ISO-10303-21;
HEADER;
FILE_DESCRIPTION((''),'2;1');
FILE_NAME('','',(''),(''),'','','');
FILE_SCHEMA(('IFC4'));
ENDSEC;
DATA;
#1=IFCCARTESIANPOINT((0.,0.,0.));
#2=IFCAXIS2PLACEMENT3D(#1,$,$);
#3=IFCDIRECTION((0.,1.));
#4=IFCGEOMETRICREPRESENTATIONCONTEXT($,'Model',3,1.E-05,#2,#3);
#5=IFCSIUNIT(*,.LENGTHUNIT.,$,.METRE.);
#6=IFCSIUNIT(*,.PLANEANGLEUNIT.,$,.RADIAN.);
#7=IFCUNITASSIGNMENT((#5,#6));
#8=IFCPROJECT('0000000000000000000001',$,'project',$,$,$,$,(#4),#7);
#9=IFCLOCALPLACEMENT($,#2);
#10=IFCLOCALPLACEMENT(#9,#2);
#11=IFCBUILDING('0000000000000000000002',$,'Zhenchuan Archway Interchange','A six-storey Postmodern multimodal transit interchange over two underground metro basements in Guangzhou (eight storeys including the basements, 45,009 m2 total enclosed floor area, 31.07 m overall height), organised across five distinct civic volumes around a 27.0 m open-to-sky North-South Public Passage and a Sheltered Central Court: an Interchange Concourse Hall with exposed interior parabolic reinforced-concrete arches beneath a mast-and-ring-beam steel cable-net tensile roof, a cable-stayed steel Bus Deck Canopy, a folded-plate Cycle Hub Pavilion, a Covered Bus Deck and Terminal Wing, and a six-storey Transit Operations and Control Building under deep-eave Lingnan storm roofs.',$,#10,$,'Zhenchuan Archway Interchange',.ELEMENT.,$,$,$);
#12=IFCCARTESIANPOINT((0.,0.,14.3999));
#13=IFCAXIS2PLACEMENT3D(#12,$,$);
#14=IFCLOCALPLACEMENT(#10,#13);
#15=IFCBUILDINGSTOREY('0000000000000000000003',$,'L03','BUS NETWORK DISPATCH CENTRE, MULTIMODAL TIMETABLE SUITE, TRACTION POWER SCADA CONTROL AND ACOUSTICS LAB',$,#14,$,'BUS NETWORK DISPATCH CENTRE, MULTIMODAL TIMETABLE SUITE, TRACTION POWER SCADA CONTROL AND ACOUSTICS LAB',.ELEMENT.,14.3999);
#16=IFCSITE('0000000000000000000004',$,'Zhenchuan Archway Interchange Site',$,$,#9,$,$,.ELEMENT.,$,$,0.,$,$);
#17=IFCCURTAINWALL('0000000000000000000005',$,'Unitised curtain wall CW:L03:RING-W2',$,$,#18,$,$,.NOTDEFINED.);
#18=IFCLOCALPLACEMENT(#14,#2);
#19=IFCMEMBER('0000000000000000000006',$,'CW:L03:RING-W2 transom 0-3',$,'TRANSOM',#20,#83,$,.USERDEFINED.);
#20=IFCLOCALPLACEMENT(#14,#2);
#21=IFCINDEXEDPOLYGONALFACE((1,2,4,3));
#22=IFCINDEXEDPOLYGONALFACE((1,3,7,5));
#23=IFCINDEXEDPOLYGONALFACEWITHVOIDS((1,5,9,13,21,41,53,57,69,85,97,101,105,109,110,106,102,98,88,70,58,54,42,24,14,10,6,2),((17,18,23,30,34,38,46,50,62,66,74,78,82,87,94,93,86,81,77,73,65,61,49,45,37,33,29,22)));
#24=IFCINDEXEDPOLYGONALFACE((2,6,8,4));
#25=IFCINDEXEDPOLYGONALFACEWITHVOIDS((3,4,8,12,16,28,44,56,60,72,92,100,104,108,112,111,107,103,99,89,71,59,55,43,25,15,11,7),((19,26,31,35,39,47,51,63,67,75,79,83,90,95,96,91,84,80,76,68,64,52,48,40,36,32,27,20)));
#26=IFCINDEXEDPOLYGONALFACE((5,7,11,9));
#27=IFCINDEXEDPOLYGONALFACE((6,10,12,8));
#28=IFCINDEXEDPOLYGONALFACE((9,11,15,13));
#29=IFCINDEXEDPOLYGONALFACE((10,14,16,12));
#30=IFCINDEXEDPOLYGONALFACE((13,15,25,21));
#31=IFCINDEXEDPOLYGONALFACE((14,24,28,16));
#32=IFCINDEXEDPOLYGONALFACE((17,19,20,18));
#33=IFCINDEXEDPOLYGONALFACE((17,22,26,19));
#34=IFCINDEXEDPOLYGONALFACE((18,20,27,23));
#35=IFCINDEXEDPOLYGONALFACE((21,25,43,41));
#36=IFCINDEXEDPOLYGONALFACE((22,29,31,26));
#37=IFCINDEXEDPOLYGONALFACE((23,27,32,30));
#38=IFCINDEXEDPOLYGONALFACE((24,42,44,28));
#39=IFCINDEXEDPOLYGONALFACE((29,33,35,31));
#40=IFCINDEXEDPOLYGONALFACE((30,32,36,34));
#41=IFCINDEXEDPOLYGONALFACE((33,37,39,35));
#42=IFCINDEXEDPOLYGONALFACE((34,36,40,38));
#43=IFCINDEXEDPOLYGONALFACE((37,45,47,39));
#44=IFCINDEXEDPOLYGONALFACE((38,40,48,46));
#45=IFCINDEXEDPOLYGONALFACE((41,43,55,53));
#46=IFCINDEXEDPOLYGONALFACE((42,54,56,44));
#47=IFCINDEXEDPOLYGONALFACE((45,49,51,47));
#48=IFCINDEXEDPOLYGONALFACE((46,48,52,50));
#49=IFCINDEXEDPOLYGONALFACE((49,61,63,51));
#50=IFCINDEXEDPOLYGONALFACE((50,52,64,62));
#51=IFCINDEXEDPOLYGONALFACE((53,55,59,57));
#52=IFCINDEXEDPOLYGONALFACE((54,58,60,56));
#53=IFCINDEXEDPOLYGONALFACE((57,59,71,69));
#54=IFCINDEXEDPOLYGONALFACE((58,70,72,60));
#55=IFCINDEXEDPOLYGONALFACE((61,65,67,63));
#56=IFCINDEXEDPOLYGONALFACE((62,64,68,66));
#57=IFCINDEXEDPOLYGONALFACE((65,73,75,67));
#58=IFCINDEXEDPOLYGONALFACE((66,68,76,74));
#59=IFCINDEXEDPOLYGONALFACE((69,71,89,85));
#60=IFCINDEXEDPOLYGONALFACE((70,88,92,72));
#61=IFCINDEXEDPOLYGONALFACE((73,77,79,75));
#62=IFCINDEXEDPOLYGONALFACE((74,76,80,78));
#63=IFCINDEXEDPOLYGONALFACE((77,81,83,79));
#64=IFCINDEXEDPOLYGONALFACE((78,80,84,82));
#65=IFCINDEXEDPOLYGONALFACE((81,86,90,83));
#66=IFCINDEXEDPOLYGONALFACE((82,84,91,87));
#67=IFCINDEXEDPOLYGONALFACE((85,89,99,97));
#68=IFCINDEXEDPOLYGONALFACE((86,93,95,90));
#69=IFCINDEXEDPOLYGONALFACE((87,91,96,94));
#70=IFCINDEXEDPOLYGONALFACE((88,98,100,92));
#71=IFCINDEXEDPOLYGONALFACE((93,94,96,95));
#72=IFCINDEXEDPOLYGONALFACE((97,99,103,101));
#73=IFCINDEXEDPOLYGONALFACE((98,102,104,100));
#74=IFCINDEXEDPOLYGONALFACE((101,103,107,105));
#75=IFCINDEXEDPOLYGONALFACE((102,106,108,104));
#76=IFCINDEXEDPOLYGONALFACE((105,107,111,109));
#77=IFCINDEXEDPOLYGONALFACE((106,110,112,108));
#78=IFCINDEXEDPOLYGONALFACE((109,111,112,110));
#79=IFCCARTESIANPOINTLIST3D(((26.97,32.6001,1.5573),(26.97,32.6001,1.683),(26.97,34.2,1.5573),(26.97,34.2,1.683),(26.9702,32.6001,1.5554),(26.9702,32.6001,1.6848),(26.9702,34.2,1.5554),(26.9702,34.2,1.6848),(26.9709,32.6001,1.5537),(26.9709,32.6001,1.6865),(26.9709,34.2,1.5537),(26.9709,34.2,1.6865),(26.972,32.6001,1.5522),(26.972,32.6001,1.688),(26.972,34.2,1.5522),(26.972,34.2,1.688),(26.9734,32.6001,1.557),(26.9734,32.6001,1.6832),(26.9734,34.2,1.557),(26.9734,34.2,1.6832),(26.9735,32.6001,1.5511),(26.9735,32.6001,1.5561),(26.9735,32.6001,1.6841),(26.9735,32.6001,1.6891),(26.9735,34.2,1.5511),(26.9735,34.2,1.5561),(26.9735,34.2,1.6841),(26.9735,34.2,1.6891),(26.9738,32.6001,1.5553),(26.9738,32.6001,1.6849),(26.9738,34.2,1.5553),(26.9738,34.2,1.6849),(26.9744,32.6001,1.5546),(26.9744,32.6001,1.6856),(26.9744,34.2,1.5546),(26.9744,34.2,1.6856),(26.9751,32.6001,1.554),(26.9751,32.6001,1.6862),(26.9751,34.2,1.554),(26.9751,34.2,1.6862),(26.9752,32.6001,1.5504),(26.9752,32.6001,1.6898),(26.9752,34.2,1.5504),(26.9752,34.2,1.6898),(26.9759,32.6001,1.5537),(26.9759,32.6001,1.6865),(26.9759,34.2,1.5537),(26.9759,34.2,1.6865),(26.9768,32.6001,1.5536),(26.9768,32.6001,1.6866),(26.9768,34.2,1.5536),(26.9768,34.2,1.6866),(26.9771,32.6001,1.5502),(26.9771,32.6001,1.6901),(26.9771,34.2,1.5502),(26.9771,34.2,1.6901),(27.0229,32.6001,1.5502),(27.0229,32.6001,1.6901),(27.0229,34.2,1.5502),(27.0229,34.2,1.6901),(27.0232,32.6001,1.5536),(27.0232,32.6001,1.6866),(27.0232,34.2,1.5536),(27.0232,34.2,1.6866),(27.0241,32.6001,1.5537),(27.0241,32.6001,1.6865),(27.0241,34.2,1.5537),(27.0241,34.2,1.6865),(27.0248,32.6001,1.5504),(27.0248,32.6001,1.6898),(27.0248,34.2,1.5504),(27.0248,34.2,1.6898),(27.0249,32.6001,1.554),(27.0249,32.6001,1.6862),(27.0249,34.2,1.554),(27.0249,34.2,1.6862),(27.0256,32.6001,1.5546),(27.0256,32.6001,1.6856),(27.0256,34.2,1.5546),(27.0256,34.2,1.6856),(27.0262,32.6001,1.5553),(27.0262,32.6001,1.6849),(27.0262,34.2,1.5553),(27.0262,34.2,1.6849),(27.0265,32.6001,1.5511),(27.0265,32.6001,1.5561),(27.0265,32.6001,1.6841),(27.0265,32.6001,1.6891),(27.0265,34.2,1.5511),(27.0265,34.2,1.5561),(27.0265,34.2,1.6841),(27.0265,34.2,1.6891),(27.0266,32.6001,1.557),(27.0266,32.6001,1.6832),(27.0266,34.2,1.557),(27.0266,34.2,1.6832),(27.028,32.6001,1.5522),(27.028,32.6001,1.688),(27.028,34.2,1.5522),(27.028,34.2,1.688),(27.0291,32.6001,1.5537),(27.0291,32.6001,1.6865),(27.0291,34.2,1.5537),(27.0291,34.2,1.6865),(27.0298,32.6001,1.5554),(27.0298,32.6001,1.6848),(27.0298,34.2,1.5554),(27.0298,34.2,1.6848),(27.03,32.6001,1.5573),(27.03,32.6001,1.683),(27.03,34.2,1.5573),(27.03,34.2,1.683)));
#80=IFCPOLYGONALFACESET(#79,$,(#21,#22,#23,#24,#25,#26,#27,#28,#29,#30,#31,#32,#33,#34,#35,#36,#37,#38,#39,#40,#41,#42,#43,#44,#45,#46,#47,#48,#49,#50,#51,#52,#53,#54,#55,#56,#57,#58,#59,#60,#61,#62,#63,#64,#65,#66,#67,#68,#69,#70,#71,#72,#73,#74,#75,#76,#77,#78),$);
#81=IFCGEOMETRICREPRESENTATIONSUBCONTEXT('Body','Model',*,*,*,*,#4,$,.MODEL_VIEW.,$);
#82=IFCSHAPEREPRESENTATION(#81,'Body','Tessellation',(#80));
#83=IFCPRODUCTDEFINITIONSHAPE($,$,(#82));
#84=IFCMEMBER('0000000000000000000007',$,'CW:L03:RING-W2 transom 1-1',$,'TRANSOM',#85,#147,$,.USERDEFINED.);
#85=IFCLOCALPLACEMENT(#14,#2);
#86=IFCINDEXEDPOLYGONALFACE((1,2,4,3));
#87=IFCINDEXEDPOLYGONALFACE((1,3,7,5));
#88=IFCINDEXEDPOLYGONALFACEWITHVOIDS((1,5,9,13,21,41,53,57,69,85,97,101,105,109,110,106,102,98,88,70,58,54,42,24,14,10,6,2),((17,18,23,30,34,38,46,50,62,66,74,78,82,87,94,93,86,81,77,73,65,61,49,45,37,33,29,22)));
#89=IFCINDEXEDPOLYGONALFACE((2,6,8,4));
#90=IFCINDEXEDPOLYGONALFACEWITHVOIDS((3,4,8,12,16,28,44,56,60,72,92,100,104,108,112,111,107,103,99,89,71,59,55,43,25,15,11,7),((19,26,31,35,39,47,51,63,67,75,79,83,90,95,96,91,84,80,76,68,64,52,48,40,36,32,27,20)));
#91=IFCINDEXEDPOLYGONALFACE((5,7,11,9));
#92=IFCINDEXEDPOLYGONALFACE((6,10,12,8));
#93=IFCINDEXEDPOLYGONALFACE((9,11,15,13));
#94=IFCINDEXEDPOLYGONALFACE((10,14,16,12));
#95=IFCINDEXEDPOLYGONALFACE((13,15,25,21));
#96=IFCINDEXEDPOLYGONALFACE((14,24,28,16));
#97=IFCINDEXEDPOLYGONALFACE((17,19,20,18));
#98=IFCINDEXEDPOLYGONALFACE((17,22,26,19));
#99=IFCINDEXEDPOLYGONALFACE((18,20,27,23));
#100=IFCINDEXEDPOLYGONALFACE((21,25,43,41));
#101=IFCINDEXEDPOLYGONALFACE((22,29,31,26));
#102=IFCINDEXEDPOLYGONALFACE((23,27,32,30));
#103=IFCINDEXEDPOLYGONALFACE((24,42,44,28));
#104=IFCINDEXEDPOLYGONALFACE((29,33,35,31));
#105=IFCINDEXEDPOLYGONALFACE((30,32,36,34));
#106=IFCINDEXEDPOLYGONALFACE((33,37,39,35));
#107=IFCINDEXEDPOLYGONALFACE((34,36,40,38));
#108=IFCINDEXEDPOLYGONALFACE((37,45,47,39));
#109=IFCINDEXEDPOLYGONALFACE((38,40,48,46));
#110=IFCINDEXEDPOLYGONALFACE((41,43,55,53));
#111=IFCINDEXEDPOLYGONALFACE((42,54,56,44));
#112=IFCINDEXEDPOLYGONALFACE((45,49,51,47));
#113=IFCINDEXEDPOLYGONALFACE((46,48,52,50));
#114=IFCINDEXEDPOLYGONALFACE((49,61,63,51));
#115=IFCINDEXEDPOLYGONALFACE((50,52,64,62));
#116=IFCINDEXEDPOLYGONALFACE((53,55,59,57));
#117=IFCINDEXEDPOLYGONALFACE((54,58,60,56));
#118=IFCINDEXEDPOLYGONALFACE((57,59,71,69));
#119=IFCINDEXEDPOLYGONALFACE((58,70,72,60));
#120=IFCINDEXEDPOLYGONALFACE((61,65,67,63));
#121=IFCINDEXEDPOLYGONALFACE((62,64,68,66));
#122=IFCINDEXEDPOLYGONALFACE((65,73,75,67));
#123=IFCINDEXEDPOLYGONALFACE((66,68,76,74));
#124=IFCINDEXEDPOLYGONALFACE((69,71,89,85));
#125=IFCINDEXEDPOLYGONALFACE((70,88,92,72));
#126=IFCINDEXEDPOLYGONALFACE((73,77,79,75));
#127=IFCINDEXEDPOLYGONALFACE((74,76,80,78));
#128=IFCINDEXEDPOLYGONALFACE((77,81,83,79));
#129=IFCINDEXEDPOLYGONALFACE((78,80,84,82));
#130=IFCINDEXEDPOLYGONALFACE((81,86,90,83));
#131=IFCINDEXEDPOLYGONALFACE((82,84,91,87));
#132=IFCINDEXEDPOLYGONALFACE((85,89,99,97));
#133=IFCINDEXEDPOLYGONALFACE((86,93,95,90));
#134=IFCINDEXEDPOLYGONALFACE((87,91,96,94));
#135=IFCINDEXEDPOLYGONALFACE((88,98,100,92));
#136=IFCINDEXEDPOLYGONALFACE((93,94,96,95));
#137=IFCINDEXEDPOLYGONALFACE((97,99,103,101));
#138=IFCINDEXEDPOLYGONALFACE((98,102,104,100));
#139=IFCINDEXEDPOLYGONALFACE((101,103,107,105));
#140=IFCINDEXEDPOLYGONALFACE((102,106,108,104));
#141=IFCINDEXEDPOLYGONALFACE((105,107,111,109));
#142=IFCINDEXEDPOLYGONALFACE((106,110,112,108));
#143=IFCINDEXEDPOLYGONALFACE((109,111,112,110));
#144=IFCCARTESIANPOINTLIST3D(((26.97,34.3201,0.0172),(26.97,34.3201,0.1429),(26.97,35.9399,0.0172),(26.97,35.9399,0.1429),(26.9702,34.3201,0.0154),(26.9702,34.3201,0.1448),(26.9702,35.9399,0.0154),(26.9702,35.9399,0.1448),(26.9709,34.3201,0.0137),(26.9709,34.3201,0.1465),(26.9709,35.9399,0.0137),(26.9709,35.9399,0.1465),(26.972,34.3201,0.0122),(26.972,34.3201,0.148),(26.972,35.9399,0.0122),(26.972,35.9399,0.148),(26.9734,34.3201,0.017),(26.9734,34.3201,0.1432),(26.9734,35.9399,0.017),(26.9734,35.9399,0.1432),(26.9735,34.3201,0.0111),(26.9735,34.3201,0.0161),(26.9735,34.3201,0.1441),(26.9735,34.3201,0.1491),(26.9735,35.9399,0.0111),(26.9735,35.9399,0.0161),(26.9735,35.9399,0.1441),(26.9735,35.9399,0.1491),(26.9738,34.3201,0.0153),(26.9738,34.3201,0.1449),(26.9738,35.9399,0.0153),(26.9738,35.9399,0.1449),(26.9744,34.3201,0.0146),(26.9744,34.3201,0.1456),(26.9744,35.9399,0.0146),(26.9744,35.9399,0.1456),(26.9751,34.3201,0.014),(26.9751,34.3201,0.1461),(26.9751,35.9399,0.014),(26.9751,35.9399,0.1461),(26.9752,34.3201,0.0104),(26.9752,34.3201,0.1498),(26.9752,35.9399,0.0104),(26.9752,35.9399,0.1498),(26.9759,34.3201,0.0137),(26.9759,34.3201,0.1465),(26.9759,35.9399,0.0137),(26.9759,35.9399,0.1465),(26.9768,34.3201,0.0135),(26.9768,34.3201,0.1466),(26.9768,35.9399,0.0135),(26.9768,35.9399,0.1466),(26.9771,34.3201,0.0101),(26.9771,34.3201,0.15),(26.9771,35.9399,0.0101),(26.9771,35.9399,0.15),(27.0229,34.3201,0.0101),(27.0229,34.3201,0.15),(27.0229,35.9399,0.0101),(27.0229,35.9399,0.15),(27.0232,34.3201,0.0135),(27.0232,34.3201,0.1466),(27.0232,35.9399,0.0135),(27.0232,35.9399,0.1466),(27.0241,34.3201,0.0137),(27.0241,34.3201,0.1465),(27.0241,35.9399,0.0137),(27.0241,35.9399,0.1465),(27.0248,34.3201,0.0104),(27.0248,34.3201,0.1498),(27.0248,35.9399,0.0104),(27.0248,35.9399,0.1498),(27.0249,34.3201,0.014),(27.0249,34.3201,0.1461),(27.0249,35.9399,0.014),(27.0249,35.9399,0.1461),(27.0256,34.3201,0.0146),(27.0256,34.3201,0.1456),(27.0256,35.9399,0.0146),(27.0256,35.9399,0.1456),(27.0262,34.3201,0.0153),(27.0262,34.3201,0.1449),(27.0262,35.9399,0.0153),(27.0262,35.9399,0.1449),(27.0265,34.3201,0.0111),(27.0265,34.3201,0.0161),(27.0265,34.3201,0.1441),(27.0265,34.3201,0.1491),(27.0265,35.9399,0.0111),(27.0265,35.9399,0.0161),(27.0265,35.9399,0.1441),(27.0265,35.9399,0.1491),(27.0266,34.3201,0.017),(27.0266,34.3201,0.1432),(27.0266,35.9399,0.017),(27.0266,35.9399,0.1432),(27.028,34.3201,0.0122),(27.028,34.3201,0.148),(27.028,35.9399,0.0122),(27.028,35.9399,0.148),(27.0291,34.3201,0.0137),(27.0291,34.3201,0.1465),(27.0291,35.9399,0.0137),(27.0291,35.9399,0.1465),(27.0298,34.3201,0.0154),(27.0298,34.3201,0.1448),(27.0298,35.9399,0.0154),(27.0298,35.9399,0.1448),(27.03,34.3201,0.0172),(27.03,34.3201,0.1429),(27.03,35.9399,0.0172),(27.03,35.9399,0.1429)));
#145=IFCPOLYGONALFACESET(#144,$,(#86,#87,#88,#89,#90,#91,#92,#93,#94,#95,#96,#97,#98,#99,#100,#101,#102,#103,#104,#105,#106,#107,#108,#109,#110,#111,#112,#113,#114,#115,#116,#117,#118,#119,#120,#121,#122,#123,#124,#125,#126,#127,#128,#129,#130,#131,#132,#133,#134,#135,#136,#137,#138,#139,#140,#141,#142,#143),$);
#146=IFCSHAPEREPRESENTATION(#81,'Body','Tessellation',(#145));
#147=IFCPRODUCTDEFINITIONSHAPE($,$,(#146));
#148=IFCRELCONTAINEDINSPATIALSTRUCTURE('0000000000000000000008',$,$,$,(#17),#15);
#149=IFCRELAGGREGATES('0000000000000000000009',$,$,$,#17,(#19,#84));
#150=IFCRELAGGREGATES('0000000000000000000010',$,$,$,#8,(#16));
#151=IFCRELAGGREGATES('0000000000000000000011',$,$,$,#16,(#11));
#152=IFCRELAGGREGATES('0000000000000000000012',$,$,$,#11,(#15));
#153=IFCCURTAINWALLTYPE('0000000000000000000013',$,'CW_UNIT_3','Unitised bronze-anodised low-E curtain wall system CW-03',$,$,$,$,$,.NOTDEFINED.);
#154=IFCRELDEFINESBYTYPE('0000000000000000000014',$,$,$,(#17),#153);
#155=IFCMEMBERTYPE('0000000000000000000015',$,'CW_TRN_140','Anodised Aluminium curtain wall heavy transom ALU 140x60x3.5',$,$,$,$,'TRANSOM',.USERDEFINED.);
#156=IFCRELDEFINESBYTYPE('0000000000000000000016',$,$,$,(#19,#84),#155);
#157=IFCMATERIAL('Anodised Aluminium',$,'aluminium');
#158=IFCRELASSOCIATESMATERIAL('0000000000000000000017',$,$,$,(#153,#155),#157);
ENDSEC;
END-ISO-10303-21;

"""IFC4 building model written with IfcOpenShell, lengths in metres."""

from ifc_helpers import new_model, si_unit, direction, frame, origin, origin_2d, place, context, subcontext, project, spatial, hollow_rectangle, extrude, material, material_profile, profile_set, type_object, element, aggregate, save


model = new_model("IFC4")

# Units and contexts
model_context = context("Model", 3, precision=1e-05, world=origin(), true_north=direction((0.0, 1.0)))
body_context = subcontext(model_context, "Body", "Model", "MODEL_VIEW")
ifc_project = project(units=[si_unit("LENGTHUNIT", "METRE"), si_unit("PLANEANGLEUNIT", "RADIAN")], contexts=[model_context])

# Site, building, storey
site_placement = place(None, origin())
site = spatial("IfcSite", under=ifc_project, at=site_placement, Name="Zhenchuan Archway Interchange Site", CompositionType="ELEMENT", RefElevation=0.0)
building_placement = place(site_placement, origin())
building = spatial("IfcBuilding", under=site, at=building_placement, Name="Zhenchuan Archway Interchange", Description="A six-storey Postmodern multimodal transit interchange over two underground metro basements in Guangzhou (eight storeys including the basements, 45,009 m2 total enclosed floor area, 31.07 m overall height), organised across five distinct civic volumes around a 27.0 m open-to-sky North-South Public Passage and a Sheltered Central Court: an Interchange Concourse Hall with exposed interior parabolic reinforced-concrete arches beneath a mast-and-ring-beam steel cable-net tensile roof, a cable-stayed steel Bus Deck Canopy, a folded-plate Cycle Hub Pavilion, a Covered Bus Deck and Terminal Wing, and a six-storey Transit Operations and Control Building under deep-eave Lingnan storm roofs.", LongName="Zhenchuan Archway Interchange", CompositionType="ELEMENT")
storey_placement = place(building_placement, frame((0.0, 0.0, 14.3999)))
storey = spatial("IfcBuildingStorey", under=building, at=storey_placement, Name="L03", Description="BUS NETWORK DISPATCH CENTRE, MULTIMODAL TIMETABLE SUITE, TRACTION POWER SCADA CONTROL AND ACOUSTICS LAB", LongName="BUS NETWORK DISPATCH CENTRE, MULTIMODAL TIMETABLE SUITE, TRACTION POWER SCADA CONTROL AND ACOUSTICS LAB", CompositionType="ELEMENT", Elevation=14.3999)

# Curtain wall
ifc_material_1 = material(Name="Anodised Aluminium", Category="aluminium")
curtain_wall_type = type_object("IfcCurtainWallType", Name="CW_UNIT_3", Description="Unitised bronze-anodised low-E curtain wall system CW-03", PredefinedType="NOTDEFINED", material=ifc_material_1)
curtain_wall_1_placement = place(storey_placement, origin())
curtain_wall_1 = element("IfcCurtainWall", 1, at=curtain_wall_1_placement, inside=storey, type_object=curtain_wall_type, Name="Unitised curtain wall CW:L03:RING-W2", PredefinedType="NOTDEFINED")

# Members
ifc_material_profile_1 = material_profile(ifc_material_1, hollow_rectangle(XDim=0.0601, YDim=0.1399, WallThickness=0.0034, InnerFilletRadius=0.0034, OuterFilletRadius=0.0071, at=origin_2d()), Name="ALU 140x60x3.5")
ifc_profile_set_1 = profile_set([ifc_material_profile_1], Name="Anodised Aluminium")
member_type_1 = type_object("IfcMemberType", Name="CW_TRN_140", Description="Anodised Aluminium curtain wall heavy transom ALU 140x60x3.5", ElementType="TRANSOM", PredefinedType="USERDEFINED", material=ifc_profile_set_1)
member_1_placement = place(storey_placement, frame((27.0, 32.6001, 1.6201), z_axis=(0.0, 1.0, 0.0), x_axis=(-1.0, 0.0, 0.0)))
member_1 = element("IfcMember", 2, at=member_1_placement, type_object=member_type_1, Name="CW:L03:RING-W2 transom 0-3", ObjectType="TRANSOM", PredefinedType="USERDEFINED", context=body_context, shape_type="SweptSolid", body=[
    extrude(hollow_rectangle(XDim=0.0601, YDim=0.1399, WallThickness=0.0034, InnerFilletRadius=0.0034, OuterFilletRadius=0.0071, at=origin_2d()), origin(), (0.0, 0.0, 1.0), 1.5999),
])
member_2_placement = place(storey_placement, frame((27.0, 34.3201, 0.0801), z_axis=(0.0, 1.0, 0.0), x_axis=(-1.0, 0.0, 0.0)))
member_2 = element("IfcMember", 3, at=member_2_placement, type_object=member_type_1, Name="CW:L03:RING-W2 transom 1-1", ObjectType="TRANSOM", PredefinedType="USERDEFINED", context=body_context, shape_type="SweptSolid", body=[
    extrude(hollow_rectangle(XDim=0.0601, YDim=0.1399, WallThickness=0.0034, InnerFilletRadius=0.0034, OuterFilletRadius=0.0071, at=origin_2d()), origin(), (0.0, 0.0, 1.0), 1.6199),
])

aggregate(curtain_wall_1, [member_1, member_2])

save(model, "model.ifc")
